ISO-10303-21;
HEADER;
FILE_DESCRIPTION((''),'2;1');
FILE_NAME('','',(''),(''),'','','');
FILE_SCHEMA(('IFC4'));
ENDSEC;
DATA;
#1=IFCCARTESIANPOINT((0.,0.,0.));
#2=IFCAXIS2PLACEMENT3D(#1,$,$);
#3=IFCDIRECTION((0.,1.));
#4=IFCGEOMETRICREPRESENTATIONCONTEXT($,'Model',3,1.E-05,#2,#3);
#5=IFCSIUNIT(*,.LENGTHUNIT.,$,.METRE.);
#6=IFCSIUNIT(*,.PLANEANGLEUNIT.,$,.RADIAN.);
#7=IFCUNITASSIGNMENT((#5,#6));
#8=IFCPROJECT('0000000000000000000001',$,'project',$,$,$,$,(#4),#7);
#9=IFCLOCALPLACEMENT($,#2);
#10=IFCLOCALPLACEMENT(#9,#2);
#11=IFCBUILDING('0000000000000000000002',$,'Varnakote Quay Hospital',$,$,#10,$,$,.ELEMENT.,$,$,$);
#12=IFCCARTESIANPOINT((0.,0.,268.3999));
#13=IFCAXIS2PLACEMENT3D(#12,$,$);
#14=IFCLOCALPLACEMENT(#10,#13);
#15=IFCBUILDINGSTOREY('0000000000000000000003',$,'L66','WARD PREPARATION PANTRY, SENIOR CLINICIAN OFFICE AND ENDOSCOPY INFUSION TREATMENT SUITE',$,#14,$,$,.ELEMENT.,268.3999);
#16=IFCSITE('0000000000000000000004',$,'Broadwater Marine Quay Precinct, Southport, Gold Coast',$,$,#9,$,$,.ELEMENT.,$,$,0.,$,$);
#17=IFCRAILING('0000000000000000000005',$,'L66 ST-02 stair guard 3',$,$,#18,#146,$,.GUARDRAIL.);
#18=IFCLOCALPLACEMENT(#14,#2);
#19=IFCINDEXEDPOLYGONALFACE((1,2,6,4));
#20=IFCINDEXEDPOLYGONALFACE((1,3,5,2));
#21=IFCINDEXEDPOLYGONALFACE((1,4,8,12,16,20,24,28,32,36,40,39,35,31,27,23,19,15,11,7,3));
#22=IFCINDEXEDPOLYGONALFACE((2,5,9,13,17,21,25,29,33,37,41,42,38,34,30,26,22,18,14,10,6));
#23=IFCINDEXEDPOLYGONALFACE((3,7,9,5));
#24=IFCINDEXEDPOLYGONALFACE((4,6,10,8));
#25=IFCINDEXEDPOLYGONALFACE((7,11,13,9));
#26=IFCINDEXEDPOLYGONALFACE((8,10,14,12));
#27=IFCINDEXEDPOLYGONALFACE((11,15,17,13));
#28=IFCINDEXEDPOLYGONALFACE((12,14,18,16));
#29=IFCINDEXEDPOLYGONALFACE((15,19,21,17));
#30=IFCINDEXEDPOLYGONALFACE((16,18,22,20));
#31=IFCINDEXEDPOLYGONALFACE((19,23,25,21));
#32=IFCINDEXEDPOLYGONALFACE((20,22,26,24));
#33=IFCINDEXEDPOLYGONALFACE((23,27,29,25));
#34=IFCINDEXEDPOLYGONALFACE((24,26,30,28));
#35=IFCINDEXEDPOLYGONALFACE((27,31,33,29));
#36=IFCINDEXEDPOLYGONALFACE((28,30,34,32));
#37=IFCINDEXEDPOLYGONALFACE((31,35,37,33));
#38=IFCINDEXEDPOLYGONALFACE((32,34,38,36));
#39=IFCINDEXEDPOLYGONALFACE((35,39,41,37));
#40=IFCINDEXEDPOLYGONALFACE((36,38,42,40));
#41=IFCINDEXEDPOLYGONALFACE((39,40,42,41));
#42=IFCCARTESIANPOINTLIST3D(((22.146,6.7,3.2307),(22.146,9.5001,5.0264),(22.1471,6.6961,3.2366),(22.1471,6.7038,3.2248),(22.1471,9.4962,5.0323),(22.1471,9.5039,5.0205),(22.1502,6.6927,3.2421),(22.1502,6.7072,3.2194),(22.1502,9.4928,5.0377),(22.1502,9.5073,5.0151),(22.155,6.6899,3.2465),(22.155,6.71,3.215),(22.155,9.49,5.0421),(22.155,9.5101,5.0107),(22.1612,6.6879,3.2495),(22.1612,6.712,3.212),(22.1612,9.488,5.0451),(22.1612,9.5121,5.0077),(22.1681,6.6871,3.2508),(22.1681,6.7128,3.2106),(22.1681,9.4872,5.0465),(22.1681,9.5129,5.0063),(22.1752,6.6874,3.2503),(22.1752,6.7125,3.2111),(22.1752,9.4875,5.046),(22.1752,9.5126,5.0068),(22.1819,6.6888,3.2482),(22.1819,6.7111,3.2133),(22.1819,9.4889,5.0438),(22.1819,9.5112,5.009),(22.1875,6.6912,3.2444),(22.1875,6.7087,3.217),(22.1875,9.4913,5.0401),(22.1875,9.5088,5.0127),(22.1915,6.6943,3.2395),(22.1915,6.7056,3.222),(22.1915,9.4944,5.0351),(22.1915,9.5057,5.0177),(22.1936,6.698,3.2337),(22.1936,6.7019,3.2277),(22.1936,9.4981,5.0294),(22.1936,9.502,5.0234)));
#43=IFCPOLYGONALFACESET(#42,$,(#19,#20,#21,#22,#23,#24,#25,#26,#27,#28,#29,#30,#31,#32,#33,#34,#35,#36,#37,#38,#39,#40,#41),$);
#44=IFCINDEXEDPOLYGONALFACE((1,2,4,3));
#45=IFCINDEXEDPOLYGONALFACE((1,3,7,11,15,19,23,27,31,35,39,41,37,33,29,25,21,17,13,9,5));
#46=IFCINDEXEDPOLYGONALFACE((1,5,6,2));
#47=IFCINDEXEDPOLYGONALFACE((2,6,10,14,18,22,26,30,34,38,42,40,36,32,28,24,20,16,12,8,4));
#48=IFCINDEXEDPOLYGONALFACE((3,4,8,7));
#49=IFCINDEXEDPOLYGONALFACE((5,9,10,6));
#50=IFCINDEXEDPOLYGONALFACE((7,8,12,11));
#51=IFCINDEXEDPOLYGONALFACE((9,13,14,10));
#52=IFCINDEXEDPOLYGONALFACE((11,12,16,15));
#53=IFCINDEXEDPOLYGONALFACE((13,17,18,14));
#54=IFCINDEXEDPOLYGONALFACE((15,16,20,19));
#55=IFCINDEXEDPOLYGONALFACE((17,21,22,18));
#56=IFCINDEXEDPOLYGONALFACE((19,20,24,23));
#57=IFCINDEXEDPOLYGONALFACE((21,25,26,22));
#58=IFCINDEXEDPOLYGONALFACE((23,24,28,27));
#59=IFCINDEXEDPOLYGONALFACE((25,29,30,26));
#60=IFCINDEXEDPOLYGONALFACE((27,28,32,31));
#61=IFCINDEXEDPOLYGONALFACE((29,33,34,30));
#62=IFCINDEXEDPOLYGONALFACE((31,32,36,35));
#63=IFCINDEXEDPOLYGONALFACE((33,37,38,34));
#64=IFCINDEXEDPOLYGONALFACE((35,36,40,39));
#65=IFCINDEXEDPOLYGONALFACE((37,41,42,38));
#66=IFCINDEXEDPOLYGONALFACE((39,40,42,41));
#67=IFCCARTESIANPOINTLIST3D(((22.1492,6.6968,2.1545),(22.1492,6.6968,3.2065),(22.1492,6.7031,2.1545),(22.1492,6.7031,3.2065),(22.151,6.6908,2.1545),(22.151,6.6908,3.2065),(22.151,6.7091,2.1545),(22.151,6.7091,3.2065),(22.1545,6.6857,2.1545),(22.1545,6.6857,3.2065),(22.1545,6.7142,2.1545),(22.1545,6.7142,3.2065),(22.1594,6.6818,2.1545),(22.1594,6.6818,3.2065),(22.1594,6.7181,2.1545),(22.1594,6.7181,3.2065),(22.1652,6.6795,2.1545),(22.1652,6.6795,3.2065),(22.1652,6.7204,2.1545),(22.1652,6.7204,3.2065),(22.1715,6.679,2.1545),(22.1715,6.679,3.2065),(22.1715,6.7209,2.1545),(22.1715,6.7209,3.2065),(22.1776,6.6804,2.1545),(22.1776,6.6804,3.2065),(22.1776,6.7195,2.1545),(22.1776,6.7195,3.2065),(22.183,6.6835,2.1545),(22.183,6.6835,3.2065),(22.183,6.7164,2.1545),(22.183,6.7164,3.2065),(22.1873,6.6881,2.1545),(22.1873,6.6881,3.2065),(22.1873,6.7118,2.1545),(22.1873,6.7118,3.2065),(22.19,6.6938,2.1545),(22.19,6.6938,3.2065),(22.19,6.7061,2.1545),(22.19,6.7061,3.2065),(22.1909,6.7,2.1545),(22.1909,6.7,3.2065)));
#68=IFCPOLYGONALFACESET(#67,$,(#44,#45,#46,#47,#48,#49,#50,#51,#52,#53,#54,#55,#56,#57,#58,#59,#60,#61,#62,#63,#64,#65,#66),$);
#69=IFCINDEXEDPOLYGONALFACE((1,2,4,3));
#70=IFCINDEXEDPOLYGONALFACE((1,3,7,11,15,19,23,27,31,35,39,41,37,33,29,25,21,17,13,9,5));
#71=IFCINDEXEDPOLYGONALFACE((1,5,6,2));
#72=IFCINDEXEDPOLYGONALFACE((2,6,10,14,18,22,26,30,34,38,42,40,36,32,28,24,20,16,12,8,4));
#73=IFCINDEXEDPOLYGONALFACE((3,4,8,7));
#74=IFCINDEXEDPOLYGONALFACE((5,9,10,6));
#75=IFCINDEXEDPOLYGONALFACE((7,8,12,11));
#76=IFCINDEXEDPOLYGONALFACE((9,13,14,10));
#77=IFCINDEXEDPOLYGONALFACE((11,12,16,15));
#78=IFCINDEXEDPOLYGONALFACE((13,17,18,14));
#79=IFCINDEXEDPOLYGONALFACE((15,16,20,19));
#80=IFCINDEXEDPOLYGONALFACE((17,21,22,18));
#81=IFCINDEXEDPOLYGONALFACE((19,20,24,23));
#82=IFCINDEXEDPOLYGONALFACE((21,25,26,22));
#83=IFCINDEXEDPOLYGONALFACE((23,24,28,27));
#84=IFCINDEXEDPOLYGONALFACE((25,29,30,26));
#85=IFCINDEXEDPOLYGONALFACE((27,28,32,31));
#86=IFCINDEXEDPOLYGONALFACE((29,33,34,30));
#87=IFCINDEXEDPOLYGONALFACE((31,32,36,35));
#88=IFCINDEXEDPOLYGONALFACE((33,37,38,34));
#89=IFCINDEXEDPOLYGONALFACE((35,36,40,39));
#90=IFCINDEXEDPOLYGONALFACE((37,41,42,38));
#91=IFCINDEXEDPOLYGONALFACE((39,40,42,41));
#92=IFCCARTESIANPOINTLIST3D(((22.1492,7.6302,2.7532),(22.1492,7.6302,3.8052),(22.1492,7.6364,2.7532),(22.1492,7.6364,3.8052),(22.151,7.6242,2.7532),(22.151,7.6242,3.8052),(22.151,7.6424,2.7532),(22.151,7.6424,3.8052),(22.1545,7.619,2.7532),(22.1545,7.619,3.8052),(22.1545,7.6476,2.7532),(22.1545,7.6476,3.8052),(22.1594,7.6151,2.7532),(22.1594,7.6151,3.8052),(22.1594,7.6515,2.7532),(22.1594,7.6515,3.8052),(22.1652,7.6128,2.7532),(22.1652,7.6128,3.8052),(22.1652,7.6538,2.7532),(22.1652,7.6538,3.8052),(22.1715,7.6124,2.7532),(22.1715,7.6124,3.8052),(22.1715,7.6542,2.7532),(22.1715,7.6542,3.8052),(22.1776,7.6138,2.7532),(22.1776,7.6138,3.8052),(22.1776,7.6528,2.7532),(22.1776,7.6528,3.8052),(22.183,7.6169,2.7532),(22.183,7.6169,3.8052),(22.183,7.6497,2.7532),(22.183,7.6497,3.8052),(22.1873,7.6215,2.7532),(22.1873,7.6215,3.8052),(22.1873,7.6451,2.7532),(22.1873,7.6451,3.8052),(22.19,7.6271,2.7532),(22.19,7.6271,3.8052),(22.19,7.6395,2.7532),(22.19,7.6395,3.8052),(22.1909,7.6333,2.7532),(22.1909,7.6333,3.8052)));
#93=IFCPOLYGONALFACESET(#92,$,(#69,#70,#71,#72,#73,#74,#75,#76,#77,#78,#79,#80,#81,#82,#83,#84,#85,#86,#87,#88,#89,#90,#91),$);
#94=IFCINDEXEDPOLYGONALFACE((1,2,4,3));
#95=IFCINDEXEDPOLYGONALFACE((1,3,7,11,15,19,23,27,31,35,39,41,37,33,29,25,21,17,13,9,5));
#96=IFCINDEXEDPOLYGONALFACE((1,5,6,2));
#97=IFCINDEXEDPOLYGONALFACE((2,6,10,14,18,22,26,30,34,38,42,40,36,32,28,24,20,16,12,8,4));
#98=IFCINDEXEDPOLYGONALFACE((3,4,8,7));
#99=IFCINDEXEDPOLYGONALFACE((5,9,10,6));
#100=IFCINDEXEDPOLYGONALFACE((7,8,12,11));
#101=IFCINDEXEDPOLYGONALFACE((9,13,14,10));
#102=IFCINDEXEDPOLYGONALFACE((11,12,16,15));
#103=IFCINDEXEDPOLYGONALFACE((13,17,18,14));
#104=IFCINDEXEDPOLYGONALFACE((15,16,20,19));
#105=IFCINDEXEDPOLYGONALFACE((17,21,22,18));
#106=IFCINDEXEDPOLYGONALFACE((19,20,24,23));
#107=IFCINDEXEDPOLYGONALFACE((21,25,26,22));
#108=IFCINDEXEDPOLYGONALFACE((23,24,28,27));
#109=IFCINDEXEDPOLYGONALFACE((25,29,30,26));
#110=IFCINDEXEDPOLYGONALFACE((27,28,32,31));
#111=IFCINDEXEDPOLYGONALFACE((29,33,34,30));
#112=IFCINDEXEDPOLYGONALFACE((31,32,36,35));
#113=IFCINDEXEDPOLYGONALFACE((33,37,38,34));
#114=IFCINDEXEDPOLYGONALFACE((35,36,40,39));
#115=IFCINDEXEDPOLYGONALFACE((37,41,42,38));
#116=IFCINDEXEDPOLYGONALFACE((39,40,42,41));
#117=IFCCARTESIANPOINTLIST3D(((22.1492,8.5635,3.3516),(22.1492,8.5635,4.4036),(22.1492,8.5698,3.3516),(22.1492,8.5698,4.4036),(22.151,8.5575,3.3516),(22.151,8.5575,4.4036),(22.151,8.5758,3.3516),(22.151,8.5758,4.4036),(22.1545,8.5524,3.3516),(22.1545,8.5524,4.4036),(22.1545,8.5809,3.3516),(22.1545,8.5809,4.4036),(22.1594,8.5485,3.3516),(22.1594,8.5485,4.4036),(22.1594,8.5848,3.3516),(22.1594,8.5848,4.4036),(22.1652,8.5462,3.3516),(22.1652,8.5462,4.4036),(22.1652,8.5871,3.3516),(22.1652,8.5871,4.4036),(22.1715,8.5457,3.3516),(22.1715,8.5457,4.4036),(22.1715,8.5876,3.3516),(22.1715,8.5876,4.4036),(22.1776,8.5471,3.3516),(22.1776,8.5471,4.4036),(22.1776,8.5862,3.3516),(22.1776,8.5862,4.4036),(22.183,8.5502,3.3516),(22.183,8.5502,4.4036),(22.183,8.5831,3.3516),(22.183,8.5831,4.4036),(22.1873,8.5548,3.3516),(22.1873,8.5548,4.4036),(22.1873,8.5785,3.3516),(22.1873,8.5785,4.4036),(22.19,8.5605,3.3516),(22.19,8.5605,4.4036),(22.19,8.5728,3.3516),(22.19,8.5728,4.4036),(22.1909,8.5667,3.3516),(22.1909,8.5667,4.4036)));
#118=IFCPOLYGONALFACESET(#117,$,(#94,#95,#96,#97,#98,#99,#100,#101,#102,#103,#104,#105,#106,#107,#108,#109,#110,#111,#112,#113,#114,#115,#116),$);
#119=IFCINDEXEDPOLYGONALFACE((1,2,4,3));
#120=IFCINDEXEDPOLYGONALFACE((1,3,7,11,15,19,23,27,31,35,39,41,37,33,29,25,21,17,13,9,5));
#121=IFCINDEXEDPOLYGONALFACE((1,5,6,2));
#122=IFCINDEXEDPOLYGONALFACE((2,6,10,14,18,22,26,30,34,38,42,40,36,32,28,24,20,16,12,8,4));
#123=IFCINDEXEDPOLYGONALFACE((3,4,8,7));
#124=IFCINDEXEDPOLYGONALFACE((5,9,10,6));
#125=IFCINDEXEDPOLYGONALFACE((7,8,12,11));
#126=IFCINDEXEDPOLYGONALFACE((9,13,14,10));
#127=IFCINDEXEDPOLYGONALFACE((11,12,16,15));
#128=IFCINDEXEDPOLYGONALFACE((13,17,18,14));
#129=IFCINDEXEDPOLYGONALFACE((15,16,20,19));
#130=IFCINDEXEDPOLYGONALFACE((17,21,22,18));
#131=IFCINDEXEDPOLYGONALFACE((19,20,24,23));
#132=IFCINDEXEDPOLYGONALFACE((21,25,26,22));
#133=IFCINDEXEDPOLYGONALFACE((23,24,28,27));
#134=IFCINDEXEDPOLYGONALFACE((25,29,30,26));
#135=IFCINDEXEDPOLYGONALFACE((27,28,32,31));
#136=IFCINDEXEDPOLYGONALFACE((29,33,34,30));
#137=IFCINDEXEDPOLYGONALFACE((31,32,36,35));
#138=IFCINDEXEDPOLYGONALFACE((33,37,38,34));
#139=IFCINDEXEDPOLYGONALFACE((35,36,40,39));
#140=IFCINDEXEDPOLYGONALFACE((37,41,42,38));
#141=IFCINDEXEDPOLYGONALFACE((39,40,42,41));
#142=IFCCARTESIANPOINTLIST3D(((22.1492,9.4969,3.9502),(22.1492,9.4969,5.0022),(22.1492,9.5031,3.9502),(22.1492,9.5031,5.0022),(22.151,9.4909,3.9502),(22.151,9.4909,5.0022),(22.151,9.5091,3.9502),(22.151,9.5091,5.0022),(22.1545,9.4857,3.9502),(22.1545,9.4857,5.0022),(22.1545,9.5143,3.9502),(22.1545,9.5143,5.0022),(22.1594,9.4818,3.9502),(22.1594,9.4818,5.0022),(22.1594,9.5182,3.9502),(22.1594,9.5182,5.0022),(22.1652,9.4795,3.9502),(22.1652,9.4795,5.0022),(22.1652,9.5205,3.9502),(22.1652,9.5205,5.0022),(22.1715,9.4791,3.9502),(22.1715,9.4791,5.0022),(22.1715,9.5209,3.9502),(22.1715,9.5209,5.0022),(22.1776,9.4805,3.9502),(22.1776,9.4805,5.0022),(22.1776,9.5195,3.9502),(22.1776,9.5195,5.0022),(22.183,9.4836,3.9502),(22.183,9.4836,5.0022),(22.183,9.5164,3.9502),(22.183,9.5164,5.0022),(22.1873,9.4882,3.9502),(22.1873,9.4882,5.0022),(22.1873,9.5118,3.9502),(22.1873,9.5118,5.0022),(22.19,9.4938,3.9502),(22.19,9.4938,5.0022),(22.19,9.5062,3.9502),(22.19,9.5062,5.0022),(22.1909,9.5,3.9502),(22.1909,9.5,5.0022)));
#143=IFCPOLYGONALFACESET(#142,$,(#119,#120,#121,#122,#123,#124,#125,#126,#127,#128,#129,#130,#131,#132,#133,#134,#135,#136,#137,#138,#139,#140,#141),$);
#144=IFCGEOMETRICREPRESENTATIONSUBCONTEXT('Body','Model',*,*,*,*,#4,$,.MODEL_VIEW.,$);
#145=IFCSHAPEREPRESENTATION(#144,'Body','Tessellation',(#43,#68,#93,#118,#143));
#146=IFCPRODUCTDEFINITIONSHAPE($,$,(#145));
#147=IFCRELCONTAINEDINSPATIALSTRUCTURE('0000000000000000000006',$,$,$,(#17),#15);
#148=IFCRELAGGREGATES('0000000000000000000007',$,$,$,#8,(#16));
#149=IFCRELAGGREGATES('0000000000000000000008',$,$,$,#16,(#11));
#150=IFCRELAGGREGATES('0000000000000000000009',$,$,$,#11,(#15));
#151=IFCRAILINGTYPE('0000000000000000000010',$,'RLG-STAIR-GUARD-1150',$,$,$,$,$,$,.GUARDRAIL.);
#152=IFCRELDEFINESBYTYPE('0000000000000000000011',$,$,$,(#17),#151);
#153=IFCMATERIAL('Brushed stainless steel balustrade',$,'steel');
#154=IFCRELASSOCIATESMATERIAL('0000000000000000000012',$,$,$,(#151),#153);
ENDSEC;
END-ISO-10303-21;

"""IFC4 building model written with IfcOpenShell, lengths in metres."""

from ifc_helpers import new_model, si_unit, direction, frame, origin, origin_2d, place, context, subcontext, project, spatial, circle, extrude, material, type_object, element, save


model = new_model("IFC4")

# Units and contexts
model_context = context("Model", 3, precision=1e-05, world=origin(), true_north=direction((0.0, 1.0)))
body_context = subcontext(model_context, "Body", "Model", "MODEL_VIEW")
ifc_project = project(units=[si_unit("LENGTHUNIT", "METRE"), si_unit("PLANEANGLEUNIT", "RADIAN")], contexts=[model_context])

# Site, building, storey
site_placement = place(None, origin())
site = spatial("IfcSite", under=ifc_project, at=site_placement, Name="Broadwater Marine Quay Precinct, Southport, Gold Coast", CompositionType="ELEMENT", RefElevation=0.0)
building_placement = place(site_placement, origin())
building = spatial("IfcBuilding", under=site, at=building_placement, Name="Varnakote Quay Hospital", CompositionType="ELEMENT")
storey_placement = place(building_placement, frame((0.0, 0.0, 268.3999)))
storey = spatial("IfcBuildingStorey", under=building, at=storey_placement, Name="L66", Description="WARD PREPARATION PANTRY, SENIOR CLINICIAN OFFICE AND ENDOSCOPY INFUSION TREATMENT SUITE", CompositionType="ELEMENT", Elevation=268.3999)

# Railing
ifc_material_1 = material(Name="Brushed stainless steel balustrade", Category="steel")
railing_type_1 = type_object("IfcRailingType", Name="RLG-STAIR-GUARD-1150", PredefinedType="GUARDRAIL", material=ifc_material_1)
railing_1_placement = place(storey_placement, frame((22.1699, 6.7, 2.1545)))
element("IfcRailing", 1, at=railing_1_placement, inside=storey, type_object=railing_type_1, Name="L66 ST-02 stair guard 3", PredefinedType="GUARDRAIL", context=body_context, shape_type="SweptSolid", body=[
    extrude(circle(Radius=0.0239, at=origin_2d()), frame((0.0, 0.0, 1.0762), z_axis=(0.0, 0.841777, 0.539826), x_axis=(-1.0, 0.0, 0.0)), (0.0, 0.0, 1.0), 3.3264),
    extrude(circle(Radius=0.021, at=origin_2d()), origin(), (0.0, 0.0, 1.0), 1.052),
    extrude(circle(Radius=0.021, at=origin_2d()), frame((0.0, 0.9333, 0.5986)), (0.0, 0.0, 1.0), 1.052),
    extrude(circle(Radius=0.021, at=origin_2d()), frame((0.0, 1.8667, 1.197)), (0.0, 0.0, 1.0), 1.052),
    extrude(circle(Radius=0.021, at=origin_2d()), frame((0.0, 2.8, 1.7957)), (0.0, 0.0, 1.0), 1.052),
])

save(model, "model.ifc")
